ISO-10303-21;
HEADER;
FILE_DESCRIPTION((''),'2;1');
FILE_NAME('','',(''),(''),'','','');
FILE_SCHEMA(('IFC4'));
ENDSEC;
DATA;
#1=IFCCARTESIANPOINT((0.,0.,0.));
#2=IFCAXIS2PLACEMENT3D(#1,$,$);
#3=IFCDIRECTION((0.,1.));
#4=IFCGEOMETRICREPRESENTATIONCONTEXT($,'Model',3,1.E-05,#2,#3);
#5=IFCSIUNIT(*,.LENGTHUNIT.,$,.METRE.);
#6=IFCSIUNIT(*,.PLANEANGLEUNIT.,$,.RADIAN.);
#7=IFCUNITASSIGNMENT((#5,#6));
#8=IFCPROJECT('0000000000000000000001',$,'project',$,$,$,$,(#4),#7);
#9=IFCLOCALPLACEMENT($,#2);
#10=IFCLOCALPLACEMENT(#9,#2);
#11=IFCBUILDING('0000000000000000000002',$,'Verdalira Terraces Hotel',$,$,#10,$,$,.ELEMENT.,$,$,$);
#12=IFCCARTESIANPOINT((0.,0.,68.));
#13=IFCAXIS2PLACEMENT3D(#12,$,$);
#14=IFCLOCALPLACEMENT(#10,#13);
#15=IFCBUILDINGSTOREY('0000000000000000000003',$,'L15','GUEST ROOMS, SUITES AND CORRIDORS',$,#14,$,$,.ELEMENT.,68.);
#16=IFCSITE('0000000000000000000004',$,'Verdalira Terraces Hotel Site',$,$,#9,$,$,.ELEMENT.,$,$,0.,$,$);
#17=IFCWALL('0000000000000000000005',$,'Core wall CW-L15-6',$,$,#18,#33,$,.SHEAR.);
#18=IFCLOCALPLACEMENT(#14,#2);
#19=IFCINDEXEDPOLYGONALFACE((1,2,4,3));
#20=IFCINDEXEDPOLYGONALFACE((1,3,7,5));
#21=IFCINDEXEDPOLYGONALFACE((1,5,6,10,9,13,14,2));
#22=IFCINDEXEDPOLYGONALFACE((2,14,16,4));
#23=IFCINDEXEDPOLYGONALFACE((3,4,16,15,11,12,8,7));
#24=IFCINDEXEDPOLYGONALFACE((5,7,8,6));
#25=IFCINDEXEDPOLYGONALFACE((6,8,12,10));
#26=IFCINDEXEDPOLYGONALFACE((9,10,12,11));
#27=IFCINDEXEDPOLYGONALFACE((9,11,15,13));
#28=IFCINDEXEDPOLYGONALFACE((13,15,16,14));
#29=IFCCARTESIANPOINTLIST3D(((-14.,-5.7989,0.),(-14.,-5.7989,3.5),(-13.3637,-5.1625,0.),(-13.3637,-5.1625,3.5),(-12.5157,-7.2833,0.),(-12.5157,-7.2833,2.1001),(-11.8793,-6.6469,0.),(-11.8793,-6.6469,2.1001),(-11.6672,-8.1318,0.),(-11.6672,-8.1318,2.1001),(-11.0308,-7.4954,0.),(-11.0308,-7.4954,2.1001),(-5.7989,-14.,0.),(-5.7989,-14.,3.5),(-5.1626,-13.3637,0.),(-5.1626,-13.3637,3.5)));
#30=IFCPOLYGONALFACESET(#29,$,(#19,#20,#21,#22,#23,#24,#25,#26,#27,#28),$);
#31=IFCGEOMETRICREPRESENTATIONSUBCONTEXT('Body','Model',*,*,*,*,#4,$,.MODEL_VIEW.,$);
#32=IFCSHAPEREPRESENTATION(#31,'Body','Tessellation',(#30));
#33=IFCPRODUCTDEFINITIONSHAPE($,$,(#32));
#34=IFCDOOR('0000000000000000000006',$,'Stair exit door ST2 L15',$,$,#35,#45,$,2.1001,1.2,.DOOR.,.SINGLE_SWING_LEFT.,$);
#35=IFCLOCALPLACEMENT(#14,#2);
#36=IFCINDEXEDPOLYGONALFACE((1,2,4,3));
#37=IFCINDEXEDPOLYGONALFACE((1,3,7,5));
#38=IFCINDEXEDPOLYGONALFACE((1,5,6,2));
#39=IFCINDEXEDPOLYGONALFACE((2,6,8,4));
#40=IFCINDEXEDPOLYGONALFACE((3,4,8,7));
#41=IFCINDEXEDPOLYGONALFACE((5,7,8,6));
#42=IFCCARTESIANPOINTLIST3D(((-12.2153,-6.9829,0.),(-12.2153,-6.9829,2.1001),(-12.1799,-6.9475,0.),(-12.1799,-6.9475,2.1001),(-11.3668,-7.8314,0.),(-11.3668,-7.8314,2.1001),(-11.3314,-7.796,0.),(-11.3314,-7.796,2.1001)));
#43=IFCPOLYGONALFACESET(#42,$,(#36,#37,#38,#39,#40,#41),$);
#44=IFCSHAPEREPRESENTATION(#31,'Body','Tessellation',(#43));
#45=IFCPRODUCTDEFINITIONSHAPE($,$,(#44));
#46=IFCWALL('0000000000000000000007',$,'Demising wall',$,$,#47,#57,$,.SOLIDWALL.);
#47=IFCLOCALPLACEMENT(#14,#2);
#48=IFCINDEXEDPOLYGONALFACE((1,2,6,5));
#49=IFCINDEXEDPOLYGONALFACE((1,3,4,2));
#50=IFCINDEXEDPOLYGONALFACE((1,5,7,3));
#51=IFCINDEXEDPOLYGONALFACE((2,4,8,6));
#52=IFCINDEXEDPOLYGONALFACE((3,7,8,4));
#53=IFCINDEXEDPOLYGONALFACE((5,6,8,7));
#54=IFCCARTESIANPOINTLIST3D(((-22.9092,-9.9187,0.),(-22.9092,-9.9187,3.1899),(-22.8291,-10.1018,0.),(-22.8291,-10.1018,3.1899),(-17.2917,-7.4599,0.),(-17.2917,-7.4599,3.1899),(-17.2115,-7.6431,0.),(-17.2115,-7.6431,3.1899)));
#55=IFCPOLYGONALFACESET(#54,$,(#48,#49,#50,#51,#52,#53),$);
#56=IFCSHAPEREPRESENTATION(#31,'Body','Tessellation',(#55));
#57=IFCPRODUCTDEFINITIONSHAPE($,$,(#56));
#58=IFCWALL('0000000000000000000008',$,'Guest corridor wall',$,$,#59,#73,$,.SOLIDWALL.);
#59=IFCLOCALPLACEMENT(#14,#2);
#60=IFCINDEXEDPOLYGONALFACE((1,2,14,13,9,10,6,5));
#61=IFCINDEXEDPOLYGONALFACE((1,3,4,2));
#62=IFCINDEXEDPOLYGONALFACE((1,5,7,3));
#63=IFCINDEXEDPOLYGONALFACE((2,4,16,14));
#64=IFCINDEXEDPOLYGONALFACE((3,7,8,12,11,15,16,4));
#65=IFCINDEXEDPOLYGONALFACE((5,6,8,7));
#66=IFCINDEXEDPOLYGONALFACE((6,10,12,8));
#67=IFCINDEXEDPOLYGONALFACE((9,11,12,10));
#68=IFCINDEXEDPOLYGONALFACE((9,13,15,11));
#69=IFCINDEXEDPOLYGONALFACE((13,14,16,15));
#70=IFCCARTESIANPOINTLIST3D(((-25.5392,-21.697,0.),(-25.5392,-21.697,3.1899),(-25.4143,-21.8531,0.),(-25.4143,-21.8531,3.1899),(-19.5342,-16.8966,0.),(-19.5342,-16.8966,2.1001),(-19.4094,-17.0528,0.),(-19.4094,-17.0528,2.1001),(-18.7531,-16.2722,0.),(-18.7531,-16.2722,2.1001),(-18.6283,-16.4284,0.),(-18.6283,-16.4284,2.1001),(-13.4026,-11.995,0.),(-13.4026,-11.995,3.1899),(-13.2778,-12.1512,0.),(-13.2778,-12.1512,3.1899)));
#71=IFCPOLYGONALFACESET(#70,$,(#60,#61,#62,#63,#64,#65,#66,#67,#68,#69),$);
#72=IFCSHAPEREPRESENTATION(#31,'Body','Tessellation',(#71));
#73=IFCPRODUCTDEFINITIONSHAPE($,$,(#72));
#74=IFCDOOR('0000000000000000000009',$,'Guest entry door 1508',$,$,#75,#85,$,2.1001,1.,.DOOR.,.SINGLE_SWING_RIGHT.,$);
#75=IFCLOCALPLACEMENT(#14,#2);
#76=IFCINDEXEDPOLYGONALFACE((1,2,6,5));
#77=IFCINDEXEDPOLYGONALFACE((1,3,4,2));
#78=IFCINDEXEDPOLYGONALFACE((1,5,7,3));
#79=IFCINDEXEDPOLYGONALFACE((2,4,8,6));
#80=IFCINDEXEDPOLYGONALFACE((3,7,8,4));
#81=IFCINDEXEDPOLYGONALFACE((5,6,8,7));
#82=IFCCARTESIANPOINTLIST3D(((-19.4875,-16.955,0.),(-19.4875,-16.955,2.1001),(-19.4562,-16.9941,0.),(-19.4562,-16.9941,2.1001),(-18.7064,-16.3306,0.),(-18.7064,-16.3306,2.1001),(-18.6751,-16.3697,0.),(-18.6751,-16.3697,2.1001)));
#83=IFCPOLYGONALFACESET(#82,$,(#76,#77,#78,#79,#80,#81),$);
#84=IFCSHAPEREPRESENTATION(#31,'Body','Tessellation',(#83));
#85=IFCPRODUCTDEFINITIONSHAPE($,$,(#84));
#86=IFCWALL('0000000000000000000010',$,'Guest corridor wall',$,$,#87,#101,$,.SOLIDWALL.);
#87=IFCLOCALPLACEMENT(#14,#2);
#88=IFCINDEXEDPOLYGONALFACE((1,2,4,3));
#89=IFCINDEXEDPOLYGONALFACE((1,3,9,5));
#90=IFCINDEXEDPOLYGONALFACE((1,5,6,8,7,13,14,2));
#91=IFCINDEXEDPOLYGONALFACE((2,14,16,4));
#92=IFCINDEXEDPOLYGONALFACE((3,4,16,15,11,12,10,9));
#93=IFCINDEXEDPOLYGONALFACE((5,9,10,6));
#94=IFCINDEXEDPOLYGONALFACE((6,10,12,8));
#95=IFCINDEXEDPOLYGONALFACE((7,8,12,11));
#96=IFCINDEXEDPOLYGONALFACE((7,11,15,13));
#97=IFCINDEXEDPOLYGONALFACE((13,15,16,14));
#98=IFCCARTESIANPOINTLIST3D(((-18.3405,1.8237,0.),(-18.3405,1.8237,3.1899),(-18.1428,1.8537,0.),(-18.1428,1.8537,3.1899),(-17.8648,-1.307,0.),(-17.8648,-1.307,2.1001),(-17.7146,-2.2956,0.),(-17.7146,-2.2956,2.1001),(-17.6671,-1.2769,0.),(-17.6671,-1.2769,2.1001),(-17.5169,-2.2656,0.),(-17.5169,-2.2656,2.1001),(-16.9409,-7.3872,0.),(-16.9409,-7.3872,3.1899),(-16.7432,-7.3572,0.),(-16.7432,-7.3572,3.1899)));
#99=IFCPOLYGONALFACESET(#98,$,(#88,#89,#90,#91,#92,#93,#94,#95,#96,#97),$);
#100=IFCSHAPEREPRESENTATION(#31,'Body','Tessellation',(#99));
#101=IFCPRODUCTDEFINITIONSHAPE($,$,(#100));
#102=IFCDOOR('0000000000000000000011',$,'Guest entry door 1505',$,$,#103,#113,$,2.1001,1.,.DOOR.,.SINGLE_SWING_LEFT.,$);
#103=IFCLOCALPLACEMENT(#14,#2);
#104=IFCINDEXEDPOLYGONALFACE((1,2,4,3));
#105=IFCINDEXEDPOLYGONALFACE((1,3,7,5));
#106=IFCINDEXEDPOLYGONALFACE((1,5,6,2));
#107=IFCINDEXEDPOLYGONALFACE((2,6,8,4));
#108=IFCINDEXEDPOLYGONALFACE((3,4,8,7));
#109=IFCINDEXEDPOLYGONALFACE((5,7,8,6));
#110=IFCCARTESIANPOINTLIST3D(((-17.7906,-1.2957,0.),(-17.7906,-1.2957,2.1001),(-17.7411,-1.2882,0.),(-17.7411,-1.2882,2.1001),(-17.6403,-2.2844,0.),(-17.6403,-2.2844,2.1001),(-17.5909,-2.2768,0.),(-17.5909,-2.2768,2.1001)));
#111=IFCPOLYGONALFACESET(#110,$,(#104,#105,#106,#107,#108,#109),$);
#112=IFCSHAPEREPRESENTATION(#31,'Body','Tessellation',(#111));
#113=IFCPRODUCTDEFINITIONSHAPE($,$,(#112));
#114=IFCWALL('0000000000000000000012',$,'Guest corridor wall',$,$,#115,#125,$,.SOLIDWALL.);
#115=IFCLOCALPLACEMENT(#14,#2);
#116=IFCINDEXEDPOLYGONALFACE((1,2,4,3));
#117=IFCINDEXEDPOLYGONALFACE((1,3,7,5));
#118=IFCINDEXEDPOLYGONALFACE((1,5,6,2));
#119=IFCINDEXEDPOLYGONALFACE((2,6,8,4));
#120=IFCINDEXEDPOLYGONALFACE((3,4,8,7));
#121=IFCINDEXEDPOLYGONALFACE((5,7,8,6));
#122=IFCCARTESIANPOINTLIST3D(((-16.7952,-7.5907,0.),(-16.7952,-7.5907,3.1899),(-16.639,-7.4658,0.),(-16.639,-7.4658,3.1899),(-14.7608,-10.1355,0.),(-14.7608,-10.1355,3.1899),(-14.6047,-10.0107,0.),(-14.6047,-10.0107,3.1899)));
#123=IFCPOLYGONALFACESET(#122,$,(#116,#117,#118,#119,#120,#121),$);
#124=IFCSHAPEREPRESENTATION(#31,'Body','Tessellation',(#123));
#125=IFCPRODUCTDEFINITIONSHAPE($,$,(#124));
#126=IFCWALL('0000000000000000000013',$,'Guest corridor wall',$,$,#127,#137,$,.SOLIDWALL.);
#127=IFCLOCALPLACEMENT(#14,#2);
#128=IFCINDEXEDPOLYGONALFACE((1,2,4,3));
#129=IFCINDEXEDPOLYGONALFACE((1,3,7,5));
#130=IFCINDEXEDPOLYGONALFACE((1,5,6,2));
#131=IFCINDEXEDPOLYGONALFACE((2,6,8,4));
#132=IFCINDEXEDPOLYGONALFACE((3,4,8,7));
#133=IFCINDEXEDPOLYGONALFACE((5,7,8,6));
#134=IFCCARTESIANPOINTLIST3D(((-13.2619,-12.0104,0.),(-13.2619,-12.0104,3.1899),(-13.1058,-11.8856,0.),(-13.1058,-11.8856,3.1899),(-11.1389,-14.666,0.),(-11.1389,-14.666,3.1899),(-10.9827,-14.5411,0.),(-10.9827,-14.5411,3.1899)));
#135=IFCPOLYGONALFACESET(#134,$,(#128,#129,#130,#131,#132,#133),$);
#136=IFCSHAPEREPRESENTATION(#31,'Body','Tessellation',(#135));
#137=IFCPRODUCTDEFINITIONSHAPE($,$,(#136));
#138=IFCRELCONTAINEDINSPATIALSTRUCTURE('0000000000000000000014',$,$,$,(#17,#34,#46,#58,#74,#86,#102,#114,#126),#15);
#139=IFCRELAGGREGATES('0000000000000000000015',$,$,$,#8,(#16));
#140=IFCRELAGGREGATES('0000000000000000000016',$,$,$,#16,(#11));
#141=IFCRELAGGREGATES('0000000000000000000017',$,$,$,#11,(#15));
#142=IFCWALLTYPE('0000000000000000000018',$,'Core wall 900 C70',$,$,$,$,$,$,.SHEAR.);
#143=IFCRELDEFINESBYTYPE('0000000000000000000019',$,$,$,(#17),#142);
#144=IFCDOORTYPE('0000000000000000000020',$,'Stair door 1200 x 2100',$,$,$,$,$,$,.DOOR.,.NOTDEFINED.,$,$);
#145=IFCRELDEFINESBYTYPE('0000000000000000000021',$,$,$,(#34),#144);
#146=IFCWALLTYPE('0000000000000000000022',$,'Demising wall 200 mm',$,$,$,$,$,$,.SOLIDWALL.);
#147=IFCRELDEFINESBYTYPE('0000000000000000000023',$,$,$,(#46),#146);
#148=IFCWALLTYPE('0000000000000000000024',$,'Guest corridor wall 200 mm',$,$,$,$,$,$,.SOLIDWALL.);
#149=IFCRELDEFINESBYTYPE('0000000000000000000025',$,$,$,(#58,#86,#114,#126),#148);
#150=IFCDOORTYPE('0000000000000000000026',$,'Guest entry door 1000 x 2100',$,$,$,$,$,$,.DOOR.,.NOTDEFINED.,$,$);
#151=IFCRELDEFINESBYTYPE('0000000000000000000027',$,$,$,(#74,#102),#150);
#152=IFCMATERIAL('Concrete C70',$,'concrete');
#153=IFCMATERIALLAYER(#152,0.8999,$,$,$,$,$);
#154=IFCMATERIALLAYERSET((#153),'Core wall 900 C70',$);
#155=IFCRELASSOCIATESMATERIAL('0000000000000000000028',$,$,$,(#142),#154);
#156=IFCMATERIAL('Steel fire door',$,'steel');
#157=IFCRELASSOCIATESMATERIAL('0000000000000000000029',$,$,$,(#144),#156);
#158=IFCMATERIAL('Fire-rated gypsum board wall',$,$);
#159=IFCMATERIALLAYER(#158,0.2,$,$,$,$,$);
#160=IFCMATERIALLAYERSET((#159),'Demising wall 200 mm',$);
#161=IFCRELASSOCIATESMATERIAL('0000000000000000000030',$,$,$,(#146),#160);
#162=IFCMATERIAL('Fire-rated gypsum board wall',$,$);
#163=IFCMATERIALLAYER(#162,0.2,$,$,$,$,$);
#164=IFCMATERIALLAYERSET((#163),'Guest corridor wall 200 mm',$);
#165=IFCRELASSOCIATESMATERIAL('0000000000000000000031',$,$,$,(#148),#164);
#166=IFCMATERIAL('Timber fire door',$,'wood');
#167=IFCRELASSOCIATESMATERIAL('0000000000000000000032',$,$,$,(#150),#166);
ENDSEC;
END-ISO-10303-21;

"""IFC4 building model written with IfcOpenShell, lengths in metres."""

from ifc_helpers import new_model, si_unit, direction, frame, frame_2d, origin, place, context, subcontext, project, spatial, rectangle, extrude, material, layer, layer_set, type_object, element, fill, save


model = new_model("IFC4")

# Units and contexts
model_context = context("Model", 3, precision=1e-05, world=origin(), true_north=direction((0.0, 1.0)))
body_context = subcontext(model_context, "Body", "Model", "MODEL_VIEW")
ifc_project = project(units=[si_unit("LENGTHUNIT", "METRE"), si_unit("PLANEANGLEUNIT", "RADIAN")], contexts=[model_context])

# Site, building, storey
site_placement = place(None, origin())
site = spatial("IfcSite", under=ifc_project, at=site_placement, Name="Verdalira Terraces Hotel Site", CompositionType="ELEMENT", RefElevation=0.0)
building_placement = place(site_placement, origin())
building = spatial("IfcBuilding", under=site, at=building_placement, Name="Verdalira Terraces Hotel", CompositionType="ELEMENT")
storey_placement = place(building_placement, frame((0.0, 0.0, 68.0)))
storey = spatial("IfcBuildingStorey", under=building, at=storey_placement, Name="L15", Description="GUEST ROOMS, SUITES AND CORRIDORS", CompositionType="ELEMENT", Elevation=68.0)

# Wall, opening, door
ifc_material_1 = material(Name="Concrete C70", Category="concrete")
ifc_layer_1 = layer(ifc_material_1, 0.8999)
ifc_layer_set_1 = layer_set([ifc_layer_1], Name="Core wall 900 C70")
wall_type_1 = type_object("IfcWallType", Name="Core wall 900 C70", PredefinedType="SHEAR", material=ifc_layer_set_1)
wall_1_placement = place(storey_placement, frame((-13.6819, -5.4807, 0.0), z_axis=(0.0, 0.0, 1.0), x_axis=(0.707107, -0.707107, 0.0)))
wall_1 = element("IfcWall", 1, at=wall_1_placement, inside=storey, type_object=wall_type_1, Name="Core wall CW-L15-6", PredefinedType="SHEAR", context=body_context, shape_type="SweptSolid", body=[
    extrude(rectangle(XDim=11.5981, YDim=0.8999, at=frame_2d((5.7991, 0.0))), origin(), (0.0, 0.0, 1.0), 3.5),
])
opening_1_placement = place(wall_1_placement, frame((2.0991, 0.0, 0.0)))
opening_1 = element("IfcOpeningElement", 2, at=opening_1_placement, cuts=wall_1, PredefinedType="OPENING", context=body_context, shape_type="SweptSolid", body=[
    extrude(rectangle(XDim=1.2, YDim=2.1001, at=frame_2d((0.6001, 1.05))), frame((0.0, 0.46, 0.0), z_axis=(0.0, -1.0, 0.0), x_axis=(1.0, 0.0, 0.0)), (0.0, 0.0, 1.0), 0.9199),
])
ifc_material_2 = material(Name="Steel fire door", Category="steel")
door_type_1 = type_object("IfcDoorType", Name="Stair door 1200 x 2100", OperationType="NOTDEFINED", PredefinedType="DOOR", material=ifc_material_2)
door_1_placement = place(opening_1_placement, origin())
door_1 = element("IfcDoor", 3, at=door_1_placement, inside=storey, type_object=door_type_1, Name="Stair exit door ST2 L15", OperationType="SINGLE_SWING_LEFT", OverallHeight=2.1001, OverallWidth=1.2, PredefinedType="DOOR", context=body_context, shape_type="SweptSolid", body=[
    extrude(rectangle(XDim=1.2, YDim=2.1001, at=frame_2d((0.6001, 1.05))), frame((0.0, 0.0249, 0.0), z_axis=(0.0, -1.0, 0.0), x_axis=(1.0, 0.0, 0.0)), (0.0, 0.0, 1.0), 0.05),
])
fill(opening_1, door_1)

# Wall
ifc_material_3 = material(Name="Fire-rated gypsum board wall")
ifc_layer_2 = layer(ifc_material_3, 0.2)
ifc_layer_set_2 = layer_set([ifc_layer_2], Name="Demising wall 200 mm")
wall_type_2 = type_object("IfcWallType", Name="Demising wall 200 mm", PredefinedType="SOLIDWALL", material=ifc_layer_set_2)
wall_2_placement = place(storey_placement, frame((-17.2517, -7.5515, 0.0), z_axis=(0.0, 0.0, 1.0), x_axis=(-0.916091, -0.400971, 0.0)))
element("IfcWall", 4, at=wall_2_placement, inside=storey, type_object=wall_type_2, Name="Demising wall", PredefinedType="SOLIDWALL", context=body_context, shape_type="SweptSolid", body=[
    extrude(rectangle(XDim=6.1321, YDim=0.2, at=frame_2d((3.0659, 0.0))), origin(), (0.0, 0.0, 1.0), 3.1899),
])

# Walls, openings, doors
ifc_material_4 = material(Name="Fire-rated gypsum board wall")
ifc_layer_3 = layer(ifc_material_4, 0.2)
ifc_layer_set_3 = layer_set([ifc_layer_3], Name="Guest corridor wall 200 mm")
wall_type_3 = type_object("IfcWallType", Name="Guest corridor wall 200 mm", PredefinedType="SOLIDWALL", material=ifc_layer_set_3)
wall_3_placement = place(storey_placement, frame((-13.3401, -12.073, 0.0), z_axis=(0.0, 0.0, 1.0), x_axis=(-0.781097, -0.624409, 0.0)))
wall_3 = element("IfcWall", 5, at=wall_3_placement, inside=storey, type_object=wall_type_3, Name="Guest corridor wall", PredefinedType="SOLIDWALL", context=body_context, shape_type="SweptSolid", body=[
    extrude(rectangle(XDim=15.5378, YDim=0.2, at=frame_2d((7.769, 0.0))), origin(), (0.0, 0.0, 1.0), 3.1899),
])
opening_2_placement = place(wall_3_placement, frame((6.8501, 0.0, 0.0)))
opening_2 = element("IfcOpeningElement", 6, at=opening_2_placement, cuts=wall_3, PredefinedType="OPENING", context=body_context, shape_type="SweptSolid", body=[
    extrude(rectangle(XDim=1.0, YDim=2.1001, at=frame_2d((0.5, 1.05))), frame((0.0, 0.1099, 0.0), z_axis=(0.0, -1.0, 0.0), x_axis=(1.0, 0.0, 0.0)), (0.0, 0.0, 1.0), 0.22),
])
ifc_material_5 = material(Name="Timber fire door", Category="wood")
door_type_2 = type_object("IfcDoorType", Name="Guest entry door 1000 x 2100", OperationType="NOTDEFINED", PredefinedType="DOOR", material=ifc_material_5)
door_2_placement = place(opening_2_placement, origin())
door_2 = element("IfcDoor", 7, at=door_2_placement, inside=storey, type_object=door_type_2, Name="Guest entry door 1508", OperationType="SINGLE_SWING_RIGHT", OverallHeight=2.1001, OverallWidth=1.0, PredefinedType="DOOR", context=body_context, shape_type="SweptSolid", body=[
    extrude(rectangle(XDim=1.0, YDim=2.1001, at=frame_2d((0.5, 1.05))), frame((0.0, 0.0249, 0.0), z_axis=(0.0, -1.0, 0.0), x_axis=(1.0, 0.0, 0.0)), (0.0, 0.0, 1.0), 0.05),
])
fill(opening_2, door_2)
wall_4_placement = place(storey_placement, frame((-16.842, -7.3721, 0.0), z_axis=(0.0, 0.0, 1.0), x_axis=(-0.150232, 0.988651, 0.0)))
wall_4 = element("IfcWall", 8, at=wall_4_placement, inside=storey, type_object=wall_type_3, Name="Guest corridor wall", PredefinedType="SOLIDWALL", context=body_context, shape_type="SweptSolid", body=[
    extrude(rectangle(XDim=9.3166, YDim=0.2, at=frame_2d((4.6582, 0.0))), origin(), (0.0, 0.0, 1.0), 3.1899),
])
opening_3_placement = place(wall_4_placement, frame((5.1499, 0.0, 0.0)))
opening_3 = element("IfcOpeningElement", 9, at=opening_3_placement, cuts=wall_4, PredefinedType="OPENING", context=body_context, shape_type="SweptSolid", body=[
    extrude(rectangle(XDim=1.0, YDim=2.1001, at=frame_2d((0.5, 1.05))), frame((0.0, 0.1099, 0.0), z_axis=(0.0, -1.0, 0.0), x_axis=(1.0, 0.0, 0.0)), (0.0, 0.0, 1.0), 0.22),
])
door_3_placement = place(opening_3_placement, origin())
door_3 = element("IfcDoor", 10, at=door_3_placement, inside=storey, type_object=door_type_2, Name="Guest entry door 1505", OperationType="SINGLE_SWING_LEFT", OverallHeight=2.1001, OverallWidth=1.0, PredefinedType="DOOR", context=body_context, shape_type="SweptSolid", body=[
    extrude(rectangle(XDim=1.0, YDim=2.1001, at=frame_2d((0.5, 1.05))), frame((0.0, 0.0249, 0.0), z_axis=(0.0, -1.0, 0.0), x_axis=(1.0, 0.0, 0.0)), (0.0, 0.0, 1.0), 0.05),
])
fill(opening_3, door_3)

# Walls
wall_5_placement = place(storey_placement, frame((-16.717, -7.5283, 0.0), z_axis=(0.0, 0.0, 1.0), x_axis=(0.624412, -0.781095, 0.0)))
element("IfcWall", 11, at=wall_5_placement, inside=storey, type_object=wall_type_3, Name="Guest corridor wall", PredefinedType="SOLIDWALL", context=body_context, shape_type="SweptSolid", body=[
    extrude(rectangle(XDim=3.2581, YDim=0.2, at=frame_2d((1.6289, 0.0))), origin(), (0.0, 0.0, 1.0), 3.1899),
])
wall_6_placement = place(storey_placement, frame((-13.1838, -11.948, 0.0), z_axis=(0.0, 0.0, 1.0), x_axis=(0.62445, -0.781065, 0.0)))
element("IfcWall", 12, at=wall_6_placement, inside=storey, type_object=wall_type_3, Name="Guest corridor wall", PredefinedType="SOLIDWALL", context=body_context, shape_type="SweptSolid", body=[
    extrude(rectangle(XDim=3.3999, YDim=0.2, at=frame_2d((1.7, 0.0))), origin(), (0.0, 0.0, 1.0), 3.1899),
])

save(model, "model.ifc")
